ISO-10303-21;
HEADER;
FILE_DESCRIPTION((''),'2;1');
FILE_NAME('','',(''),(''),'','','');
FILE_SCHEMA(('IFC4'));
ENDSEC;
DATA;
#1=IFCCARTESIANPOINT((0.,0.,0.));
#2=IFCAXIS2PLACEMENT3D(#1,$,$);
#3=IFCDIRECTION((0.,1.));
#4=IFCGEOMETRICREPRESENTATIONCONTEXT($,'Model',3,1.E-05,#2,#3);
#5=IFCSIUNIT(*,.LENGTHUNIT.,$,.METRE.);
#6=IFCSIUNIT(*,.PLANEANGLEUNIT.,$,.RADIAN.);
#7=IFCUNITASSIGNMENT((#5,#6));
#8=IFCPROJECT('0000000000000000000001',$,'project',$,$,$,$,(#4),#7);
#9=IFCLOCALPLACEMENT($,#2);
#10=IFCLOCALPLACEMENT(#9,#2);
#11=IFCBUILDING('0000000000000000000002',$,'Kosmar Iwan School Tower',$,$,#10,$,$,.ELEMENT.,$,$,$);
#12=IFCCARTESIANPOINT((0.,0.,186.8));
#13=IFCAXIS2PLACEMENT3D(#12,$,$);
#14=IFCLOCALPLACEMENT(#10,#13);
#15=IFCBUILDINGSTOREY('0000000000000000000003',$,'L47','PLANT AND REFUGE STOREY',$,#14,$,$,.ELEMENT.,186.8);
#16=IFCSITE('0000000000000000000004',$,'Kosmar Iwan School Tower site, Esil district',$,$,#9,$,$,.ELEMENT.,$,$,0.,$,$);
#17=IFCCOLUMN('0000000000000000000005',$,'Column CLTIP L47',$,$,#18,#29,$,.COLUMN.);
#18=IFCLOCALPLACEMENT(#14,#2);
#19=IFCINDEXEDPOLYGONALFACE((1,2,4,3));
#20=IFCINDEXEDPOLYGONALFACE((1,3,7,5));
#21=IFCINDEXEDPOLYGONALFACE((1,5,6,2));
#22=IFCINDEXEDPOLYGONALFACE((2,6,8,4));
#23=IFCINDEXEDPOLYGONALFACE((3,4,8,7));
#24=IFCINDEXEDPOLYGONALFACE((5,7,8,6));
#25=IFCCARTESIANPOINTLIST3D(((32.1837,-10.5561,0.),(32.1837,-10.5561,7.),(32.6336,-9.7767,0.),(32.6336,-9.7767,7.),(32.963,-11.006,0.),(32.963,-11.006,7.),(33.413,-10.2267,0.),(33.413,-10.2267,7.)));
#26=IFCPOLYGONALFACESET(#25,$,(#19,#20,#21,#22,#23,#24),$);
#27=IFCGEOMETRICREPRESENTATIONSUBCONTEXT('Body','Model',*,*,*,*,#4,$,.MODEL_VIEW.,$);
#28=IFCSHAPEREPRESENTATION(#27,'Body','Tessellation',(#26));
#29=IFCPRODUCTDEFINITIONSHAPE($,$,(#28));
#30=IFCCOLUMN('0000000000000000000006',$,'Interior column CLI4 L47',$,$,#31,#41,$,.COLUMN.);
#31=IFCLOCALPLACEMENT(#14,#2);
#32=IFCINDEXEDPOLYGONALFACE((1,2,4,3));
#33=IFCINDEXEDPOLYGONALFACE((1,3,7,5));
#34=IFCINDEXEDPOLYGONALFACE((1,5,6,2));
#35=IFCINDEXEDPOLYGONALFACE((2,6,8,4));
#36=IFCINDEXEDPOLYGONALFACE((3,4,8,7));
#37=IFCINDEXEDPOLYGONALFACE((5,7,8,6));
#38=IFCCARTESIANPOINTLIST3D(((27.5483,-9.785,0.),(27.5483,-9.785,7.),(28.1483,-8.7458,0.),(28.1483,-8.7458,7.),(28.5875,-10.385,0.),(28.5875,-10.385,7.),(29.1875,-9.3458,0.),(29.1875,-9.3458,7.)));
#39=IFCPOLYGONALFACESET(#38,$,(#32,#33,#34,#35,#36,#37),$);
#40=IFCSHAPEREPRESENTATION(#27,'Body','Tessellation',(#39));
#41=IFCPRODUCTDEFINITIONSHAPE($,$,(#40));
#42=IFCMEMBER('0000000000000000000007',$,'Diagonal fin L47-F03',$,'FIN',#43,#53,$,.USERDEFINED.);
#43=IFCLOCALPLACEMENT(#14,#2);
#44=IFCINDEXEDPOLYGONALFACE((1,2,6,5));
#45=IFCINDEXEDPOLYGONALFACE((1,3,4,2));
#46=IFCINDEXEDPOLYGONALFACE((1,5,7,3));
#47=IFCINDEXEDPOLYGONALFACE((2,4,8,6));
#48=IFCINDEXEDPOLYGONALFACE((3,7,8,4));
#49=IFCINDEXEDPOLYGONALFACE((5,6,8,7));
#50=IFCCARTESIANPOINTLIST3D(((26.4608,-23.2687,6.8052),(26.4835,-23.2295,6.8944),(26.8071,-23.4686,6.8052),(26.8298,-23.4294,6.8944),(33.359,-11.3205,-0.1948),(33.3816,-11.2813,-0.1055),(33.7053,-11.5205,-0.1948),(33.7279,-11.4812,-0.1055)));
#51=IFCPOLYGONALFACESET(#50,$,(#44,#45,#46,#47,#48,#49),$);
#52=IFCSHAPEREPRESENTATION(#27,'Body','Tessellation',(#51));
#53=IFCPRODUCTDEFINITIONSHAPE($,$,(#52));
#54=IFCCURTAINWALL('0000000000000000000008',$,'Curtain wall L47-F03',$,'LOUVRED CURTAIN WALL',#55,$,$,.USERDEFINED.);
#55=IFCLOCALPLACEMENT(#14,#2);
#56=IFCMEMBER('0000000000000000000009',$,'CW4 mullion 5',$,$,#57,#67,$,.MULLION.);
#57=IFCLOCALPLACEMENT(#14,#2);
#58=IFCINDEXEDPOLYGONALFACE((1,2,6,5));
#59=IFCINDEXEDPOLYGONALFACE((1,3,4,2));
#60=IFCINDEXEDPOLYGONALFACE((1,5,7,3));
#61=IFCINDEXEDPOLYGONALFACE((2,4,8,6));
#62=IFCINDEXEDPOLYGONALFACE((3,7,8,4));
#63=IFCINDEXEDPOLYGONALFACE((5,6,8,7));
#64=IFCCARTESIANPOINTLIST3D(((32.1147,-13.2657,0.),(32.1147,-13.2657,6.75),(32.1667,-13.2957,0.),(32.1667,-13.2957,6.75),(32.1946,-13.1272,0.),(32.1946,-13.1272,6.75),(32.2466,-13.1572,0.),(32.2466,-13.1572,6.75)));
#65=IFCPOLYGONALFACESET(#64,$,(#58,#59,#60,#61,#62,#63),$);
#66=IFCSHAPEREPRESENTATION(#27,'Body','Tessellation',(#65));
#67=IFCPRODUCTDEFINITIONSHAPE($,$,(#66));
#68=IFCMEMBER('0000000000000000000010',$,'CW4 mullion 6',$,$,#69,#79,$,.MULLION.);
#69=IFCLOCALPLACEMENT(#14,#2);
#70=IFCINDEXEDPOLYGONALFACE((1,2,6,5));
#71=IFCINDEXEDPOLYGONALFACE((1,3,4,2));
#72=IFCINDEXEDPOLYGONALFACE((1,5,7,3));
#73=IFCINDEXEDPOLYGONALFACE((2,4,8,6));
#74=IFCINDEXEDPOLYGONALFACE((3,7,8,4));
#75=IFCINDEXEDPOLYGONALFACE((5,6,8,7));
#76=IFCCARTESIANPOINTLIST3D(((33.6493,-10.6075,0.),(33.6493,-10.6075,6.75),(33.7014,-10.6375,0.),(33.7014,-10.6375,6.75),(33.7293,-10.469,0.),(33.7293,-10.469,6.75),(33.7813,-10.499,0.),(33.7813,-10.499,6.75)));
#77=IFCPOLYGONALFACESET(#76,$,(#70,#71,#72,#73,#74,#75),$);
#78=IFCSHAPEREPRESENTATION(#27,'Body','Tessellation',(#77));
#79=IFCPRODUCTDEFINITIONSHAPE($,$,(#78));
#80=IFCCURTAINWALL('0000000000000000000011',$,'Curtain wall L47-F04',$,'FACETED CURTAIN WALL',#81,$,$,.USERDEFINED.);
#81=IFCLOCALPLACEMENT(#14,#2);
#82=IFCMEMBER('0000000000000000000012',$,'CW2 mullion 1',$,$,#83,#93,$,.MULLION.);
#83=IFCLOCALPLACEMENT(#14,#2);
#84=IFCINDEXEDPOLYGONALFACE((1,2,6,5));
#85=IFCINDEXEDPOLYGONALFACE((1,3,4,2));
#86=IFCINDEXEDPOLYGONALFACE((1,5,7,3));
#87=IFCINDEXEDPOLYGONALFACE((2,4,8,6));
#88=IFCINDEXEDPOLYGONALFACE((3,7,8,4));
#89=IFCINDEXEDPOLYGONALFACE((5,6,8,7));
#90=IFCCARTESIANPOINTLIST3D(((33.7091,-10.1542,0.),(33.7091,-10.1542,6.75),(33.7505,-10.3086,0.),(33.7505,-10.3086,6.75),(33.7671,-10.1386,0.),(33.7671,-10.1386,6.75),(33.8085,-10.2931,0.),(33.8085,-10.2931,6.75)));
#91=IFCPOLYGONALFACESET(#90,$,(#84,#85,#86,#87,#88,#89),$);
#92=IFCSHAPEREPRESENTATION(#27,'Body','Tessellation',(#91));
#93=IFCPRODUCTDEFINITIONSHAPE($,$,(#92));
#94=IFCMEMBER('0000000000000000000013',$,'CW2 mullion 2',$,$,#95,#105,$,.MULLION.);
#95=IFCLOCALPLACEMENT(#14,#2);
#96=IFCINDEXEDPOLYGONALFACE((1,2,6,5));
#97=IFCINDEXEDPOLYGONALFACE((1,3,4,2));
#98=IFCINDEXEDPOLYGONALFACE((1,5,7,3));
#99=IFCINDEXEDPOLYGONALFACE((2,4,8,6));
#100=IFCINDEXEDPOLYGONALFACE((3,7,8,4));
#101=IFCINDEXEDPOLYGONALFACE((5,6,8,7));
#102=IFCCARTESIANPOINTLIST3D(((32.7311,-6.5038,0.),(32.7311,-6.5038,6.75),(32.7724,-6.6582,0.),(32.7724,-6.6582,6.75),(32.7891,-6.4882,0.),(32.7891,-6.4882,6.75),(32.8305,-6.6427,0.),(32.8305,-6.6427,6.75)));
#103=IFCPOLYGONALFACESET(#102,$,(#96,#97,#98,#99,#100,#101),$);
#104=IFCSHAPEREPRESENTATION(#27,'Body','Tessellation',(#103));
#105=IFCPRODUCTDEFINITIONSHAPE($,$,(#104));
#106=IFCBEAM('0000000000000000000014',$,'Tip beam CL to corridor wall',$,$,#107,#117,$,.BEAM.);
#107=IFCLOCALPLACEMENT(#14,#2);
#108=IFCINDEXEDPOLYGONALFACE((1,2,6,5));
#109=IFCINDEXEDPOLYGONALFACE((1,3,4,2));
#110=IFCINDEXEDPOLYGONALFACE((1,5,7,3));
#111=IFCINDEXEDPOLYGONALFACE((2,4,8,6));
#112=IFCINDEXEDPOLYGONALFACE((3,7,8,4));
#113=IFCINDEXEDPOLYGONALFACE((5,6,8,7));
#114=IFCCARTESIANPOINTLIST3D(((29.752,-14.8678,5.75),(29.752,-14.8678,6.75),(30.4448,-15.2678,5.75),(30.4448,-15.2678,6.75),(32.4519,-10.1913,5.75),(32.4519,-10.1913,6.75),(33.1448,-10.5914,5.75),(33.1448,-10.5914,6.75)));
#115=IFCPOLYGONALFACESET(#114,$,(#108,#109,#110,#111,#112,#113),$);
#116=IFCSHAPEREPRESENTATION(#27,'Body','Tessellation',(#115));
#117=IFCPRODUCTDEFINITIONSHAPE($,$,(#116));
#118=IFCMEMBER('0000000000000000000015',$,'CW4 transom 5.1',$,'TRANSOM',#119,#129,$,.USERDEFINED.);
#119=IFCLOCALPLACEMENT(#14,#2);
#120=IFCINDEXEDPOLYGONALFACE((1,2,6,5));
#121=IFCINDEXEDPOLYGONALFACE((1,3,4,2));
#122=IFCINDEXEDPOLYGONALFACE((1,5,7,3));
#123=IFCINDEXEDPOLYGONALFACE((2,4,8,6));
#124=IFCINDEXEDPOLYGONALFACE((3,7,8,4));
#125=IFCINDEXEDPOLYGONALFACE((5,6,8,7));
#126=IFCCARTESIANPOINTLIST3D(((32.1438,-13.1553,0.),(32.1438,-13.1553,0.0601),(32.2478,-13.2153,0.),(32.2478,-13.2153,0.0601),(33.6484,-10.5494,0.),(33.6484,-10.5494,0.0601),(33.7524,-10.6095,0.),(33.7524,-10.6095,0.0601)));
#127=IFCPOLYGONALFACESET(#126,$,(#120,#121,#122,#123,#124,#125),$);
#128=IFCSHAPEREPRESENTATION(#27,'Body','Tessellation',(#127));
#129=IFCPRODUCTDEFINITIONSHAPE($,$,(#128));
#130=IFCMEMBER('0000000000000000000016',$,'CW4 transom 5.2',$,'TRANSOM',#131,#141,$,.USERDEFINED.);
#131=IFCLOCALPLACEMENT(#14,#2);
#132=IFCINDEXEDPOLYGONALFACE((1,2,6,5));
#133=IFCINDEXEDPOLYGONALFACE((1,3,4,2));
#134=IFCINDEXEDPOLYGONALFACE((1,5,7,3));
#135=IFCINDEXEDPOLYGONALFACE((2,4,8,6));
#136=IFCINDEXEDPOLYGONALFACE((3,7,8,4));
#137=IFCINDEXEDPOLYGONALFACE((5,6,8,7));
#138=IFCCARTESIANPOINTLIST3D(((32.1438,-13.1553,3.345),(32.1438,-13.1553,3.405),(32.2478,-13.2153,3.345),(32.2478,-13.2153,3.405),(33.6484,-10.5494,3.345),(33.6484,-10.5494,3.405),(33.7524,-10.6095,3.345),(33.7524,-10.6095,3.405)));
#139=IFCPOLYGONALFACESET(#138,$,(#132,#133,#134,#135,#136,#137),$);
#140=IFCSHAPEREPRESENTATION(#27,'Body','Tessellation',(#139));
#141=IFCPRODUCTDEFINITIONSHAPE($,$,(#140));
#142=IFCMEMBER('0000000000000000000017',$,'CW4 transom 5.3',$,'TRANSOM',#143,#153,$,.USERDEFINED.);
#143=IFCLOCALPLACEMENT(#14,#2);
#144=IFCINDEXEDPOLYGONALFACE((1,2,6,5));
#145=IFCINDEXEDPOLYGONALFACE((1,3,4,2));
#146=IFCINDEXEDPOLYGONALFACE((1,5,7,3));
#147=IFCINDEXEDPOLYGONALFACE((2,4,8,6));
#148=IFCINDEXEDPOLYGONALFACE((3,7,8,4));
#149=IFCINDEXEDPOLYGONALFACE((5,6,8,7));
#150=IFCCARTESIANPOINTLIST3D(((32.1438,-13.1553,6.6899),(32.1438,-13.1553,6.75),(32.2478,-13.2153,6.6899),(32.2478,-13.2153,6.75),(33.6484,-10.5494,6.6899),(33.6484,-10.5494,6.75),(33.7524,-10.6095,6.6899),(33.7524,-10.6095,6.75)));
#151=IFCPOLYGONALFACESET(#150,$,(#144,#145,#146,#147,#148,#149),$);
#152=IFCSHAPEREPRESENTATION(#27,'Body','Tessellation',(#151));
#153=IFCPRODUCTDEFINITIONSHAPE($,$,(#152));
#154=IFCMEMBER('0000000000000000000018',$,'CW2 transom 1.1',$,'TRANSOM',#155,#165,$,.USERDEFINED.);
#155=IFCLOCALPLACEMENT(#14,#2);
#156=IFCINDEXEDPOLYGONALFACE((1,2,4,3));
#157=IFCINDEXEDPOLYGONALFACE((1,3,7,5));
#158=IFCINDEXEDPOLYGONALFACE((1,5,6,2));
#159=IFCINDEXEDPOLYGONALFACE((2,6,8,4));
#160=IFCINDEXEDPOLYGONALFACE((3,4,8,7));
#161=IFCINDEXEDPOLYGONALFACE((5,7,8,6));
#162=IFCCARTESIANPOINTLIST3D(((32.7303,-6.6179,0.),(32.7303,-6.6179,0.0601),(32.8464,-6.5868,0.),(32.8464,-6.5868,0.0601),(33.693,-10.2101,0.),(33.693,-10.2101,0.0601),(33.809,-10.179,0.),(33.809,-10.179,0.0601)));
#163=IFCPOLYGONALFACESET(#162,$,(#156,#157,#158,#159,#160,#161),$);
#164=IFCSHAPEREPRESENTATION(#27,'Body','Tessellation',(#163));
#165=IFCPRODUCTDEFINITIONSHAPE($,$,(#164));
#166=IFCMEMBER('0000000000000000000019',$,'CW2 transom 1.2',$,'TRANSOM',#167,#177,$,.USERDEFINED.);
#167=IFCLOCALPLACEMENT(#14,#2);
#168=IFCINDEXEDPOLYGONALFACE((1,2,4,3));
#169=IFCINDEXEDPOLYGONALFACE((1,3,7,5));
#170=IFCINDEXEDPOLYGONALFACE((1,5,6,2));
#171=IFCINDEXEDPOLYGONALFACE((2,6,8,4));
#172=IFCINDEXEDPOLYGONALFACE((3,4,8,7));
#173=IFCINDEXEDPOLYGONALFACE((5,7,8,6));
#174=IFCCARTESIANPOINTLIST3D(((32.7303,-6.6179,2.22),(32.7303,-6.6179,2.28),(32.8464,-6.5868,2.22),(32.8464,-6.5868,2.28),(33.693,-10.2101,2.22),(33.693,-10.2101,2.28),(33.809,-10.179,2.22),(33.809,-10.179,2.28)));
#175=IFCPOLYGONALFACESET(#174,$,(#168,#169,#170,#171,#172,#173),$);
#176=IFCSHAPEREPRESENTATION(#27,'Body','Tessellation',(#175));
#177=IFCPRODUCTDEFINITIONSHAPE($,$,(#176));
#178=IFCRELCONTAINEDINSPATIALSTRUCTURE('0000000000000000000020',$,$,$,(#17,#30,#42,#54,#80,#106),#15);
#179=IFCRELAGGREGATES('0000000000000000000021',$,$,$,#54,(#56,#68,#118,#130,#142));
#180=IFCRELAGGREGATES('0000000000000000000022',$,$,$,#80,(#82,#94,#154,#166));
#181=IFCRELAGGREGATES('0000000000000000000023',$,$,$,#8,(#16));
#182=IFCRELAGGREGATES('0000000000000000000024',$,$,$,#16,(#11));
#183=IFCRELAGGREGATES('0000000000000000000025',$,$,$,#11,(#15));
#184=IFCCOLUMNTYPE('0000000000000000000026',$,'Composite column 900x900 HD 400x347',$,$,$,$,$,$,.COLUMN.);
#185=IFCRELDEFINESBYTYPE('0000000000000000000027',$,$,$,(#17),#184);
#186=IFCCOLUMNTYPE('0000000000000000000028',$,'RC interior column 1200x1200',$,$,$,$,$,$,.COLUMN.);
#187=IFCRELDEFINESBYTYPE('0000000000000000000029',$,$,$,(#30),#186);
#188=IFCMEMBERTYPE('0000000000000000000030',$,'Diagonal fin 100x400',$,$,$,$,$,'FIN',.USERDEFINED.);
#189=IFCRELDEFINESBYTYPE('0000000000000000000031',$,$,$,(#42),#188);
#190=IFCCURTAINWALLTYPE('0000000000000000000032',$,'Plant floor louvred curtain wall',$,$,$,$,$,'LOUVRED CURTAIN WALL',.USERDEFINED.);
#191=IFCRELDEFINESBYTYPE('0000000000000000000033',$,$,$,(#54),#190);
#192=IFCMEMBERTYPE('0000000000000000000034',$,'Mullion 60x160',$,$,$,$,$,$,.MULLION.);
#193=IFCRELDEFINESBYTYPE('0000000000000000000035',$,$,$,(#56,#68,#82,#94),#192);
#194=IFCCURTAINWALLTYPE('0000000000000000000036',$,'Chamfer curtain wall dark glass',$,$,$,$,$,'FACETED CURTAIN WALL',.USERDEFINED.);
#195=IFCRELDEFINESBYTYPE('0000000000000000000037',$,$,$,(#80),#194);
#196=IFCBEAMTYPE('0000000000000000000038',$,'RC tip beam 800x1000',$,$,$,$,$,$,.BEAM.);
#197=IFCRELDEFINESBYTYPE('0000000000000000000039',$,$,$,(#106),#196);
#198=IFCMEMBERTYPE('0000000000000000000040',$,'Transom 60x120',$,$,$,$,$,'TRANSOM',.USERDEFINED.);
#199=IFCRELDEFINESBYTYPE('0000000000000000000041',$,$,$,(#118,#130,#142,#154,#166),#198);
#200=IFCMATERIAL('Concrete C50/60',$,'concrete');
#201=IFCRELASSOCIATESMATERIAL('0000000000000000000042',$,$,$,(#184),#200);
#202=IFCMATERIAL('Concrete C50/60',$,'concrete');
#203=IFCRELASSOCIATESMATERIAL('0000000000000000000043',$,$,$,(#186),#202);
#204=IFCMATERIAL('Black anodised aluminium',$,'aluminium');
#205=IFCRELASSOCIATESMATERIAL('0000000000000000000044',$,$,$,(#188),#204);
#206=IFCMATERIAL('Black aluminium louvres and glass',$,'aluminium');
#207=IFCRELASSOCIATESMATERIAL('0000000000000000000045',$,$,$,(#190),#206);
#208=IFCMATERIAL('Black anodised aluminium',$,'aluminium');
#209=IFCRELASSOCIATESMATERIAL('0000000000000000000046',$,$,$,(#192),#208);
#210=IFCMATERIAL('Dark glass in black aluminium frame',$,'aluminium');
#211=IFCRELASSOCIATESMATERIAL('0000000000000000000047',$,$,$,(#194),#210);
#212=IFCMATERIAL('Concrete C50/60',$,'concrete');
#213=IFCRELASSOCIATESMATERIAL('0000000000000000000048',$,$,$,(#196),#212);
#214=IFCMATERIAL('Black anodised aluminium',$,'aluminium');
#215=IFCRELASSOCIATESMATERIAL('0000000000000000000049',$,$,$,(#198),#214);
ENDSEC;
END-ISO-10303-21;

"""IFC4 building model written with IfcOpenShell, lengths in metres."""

from ifc_helpers import new_model, si_unit, direction, frame, origin, origin_2d, place, context, subcontext, project, spatial, rectangle, extrude, material, material_profile, profile_set, type_object, element, aggregate, save


model = new_model("IFC4")

# Units and contexts
model_context = context("Model", 3, precision=1e-05, world=origin(), true_north=direction((0.0, 1.0)))
body_context = subcontext(model_context, "Body", "Model", "MODEL_VIEW")
ifc_project = project(units=[si_unit("LENGTHUNIT", "METRE"), si_unit("PLANEANGLEUNIT", "RADIAN")], contexts=[model_context])

# Site, building, storey
site_placement = place(None, origin())
site = spatial("IfcSite", under=ifc_project, at=site_placement, Name="Kosmar Iwan School Tower site, Esil district", CompositionType="ELEMENT", RefElevation=0.0)
building_placement = place(site_placement, origin())
building = spatial("IfcBuilding", under=site, at=building_placement, Name="Kosmar Iwan School Tower", CompositionType="ELEMENT")
storey_placement = place(building_placement, frame((0.0, 0.0, 186.8)))
storey = spatial("IfcBuildingStorey", under=building, at=storey_placement, Name="L47", Description="PLANT AND REFUGE STOREY", CompositionType="ELEMENT", Elevation=186.8)

# Columns
ifc_material_1 = material(Name="Concrete C50/60", Category="concrete")
ifc_material_profile_1 = material_profile(ifc_material_1, rectangle(XDim=0.8999, YDim=0.8999, at=origin_2d()), Name="RC 900x900 + HD 400x347")
ifc_profile_set_1 = profile_set([ifc_material_profile_1], Name="Concrete C50/60")
column_type_1 = type_object("IfcColumnType", Name="Composite column 900x900 HD 400x347", PredefinedType="COLUMN", material=ifc_profile_set_1)
column_1_placement = place(storey_placement, frame((32.7983, -10.3914, 0.0), z_axis=(0.0, 0.0, 1.0), x_axis=(0.866025, -0.5, 0.0)))
element("IfcColumn", 1, at=column_1_placement, inside=storey, type_object=column_type_1, Name="Column CLTIP L47", PredefinedType="COLUMN", context=body_context, shape_type="SweptSolid", body=[
    extrude(rectangle(XDim=0.8999, YDim=0.8999, at=origin_2d()), origin(), (0.0, 0.0, 1.0), 7.0),
])
ifc_material_2 = material(Name="Concrete C50/60", Category="concrete")
ifc_material_profile_2 = material_profile(ifc_material_2, rectangle(XDim=1.2, YDim=1.2, at=origin_2d()), Name="RC 1200x1200")
ifc_profile_set_2 = profile_set([ifc_material_profile_2], Name="Concrete C50/60")
column_type_2 = type_object("IfcColumnType", Name="RC interior column 1200x1200", PredefinedType="COLUMN", material=ifc_profile_set_2)
column_2_placement = place(storey_placement, frame((28.3679, -9.5654, 0.0), z_axis=(0.0, 0.0, 1.0), x_axis=(0.866025, -0.5, 0.0)))
element("IfcColumn", 2, at=column_2_placement, inside=storey, type_object=column_type_2, Name="Interior column CLI4 L47", PredefinedType="COLUMN", context=body_context, shape_type="SweptSolid", body=[
    extrude(rectangle(XDim=1.2, YDim=1.2, at=origin_2d()), origin(), (0.0, 0.0, 1.0), 7.0),
])

# Member
ifc_material_3 = material(Name="Black anodised aluminium", Category="aluminium")
ifc_material_profile_3 = material_profile(ifc_material_3, rectangle(XDim=0.1001, YDim=0.3999, at=origin_2d()), Name="FIN 100x400")
ifc_profile_set_3 = profile_set([ifc_material_profile_3], Name="Black anodised aluminium")
member_type_1 = type_object("IfcMemberType", Name="Diagonal fin 100x400", ElementType="FIN", PredefinedType="USERDEFINED", material=ifc_profile_set_3)
member_1_placement = place(storey_placement, frame((33.5435, -11.4009, -0.1501), z_axis=(-0.445885, -0.772309, 0.452465), x_axis=(0.22623, 0.391848, 0.891782)))
element("IfcMember", 3, at=member_1_placement, inside=storey, type_object=member_type_1, Name="Diagonal fin L47-F03", ObjectType="FIN", PredefinedType="USERDEFINED", context=body_context, shape_type="SweptSolid", body=[
    extrude(rectangle(XDim=0.1001, YDim=0.3999, at=origin_2d()), origin(), (0.0, 0.0, 1.0), 15.4707),
])

# Curtain walls, members
ifc_material_4 = material(Name="Black aluminium louvres and glass", Category="aluminium")
curtain_wall_type_1 = type_object("IfcCurtainWallType", Name="Plant floor louvred curtain wall", ElementType="LOUVRED CURTAIN WALL", PredefinedType="USERDEFINED", material=ifc_material_4)
curtain_wall_1_placement = place(storey_placement, origin())
curtain_wall_1 = element("IfcCurtainWall", 4, at=curtain_wall_1_placement, inside=storey, type_object=curtain_wall_type_1, Name="Curtain wall L47-F03", ObjectType="LOUVRED CURTAIN WALL", PredefinedType="USERDEFINED")
ifc_material_5 = material(Name="Black anodised aluminium", Category="aluminium")
ifc_material_profile_4 = material_profile(ifc_material_5, rectangle(XDim=0.0601, YDim=0.1599, at=origin_2d()), Name="MULLION 60x160")
ifc_profile_set_4 = profile_set([ifc_material_profile_4], Name="Black anodised aluminium")
member_type_2 = type_object("IfcMemberType", Name="Mullion 60x160", PredefinedType="MULLION", material=ifc_profile_set_4)
member_2_placement = place(storey_placement, frame((32.1807, -13.2114, 0.0), z_axis=(0.0, 0.0, 1.0), x_axis=(-0.866025, 0.5, 0.0)))
member_2 = element("IfcMember", 5, at=member_2_placement, type_object=member_type_2, Name="CW4 mullion 5", PredefinedType="MULLION", context=body_context, shape_type="SweptSolid", body=[
    extrude(rectangle(XDim=0.0601, YDim=0.1599, at=origin_2d()), origin(), (0.0, 0.0, 1.0), 6.75),
])
member_3_placement = place(storey_placement, frame((33.7153, -10.5532, 0.0), z_axis=(0.0, 0.0, 1.0), x_axis=(-0.866025, 0.5, 0.0)))
member_3 = element("IfcMember", 6, at=member_3_placement, type_object=member_type_2, Name="CW4 mullion 6", PredefinedType="MULLION", context=body_context, shape_type="SweptSolid", body=[
    extrude(rectangle(XDim=0.0601, YDim=0.1599, at=origin_2d()), origin(), (0.0, 0.0, 1.0), 6.75),
])
ifc_material_6 = material(Name="Dark glass in black aluminium frame", Category="aluminium")
curtain_wall_type_2 = type_object("IfcCurtainWallType", Name="Chamfer curtain wall dark glass", ElementType="FACETED CURTAIN WALL", PredefinedType="USERDEFINED", material=ifc_material_6)
curtain_wall_2_placement = place(storey_placement, origin())
curtain_wall_2 = element("IfcCurtainWall", 7, at=curtain_wall_2_placement, inside=storey, type_object=curtain_wall_type_2, Name="Curtain wall L47-F04", ObjectType="FACETED CURTAIN WALL", PredefinedType="USERDEFINED")
member_4_placement = place(storey_placement, frame((33.7588, -10.2236, 0.0), z_axis=(0.0, 0.0, 1.0), x_axis=(-0.965926, -0.258819, 0.0)))
member_4 = element("IfcMember", 8, at=member_4_placement, type_object=member_type_2, Name="CW2 mullion 1", PredefinedType="MULLION", context=body_context, shape_type="SweptSolid", body=[
    extrude(rectangle(XDim=0.0601, YDim=0.1599, at=origin_2d()), origin(), (0.0, 0.0, 1.0), 6.75),
])
member_5_placement = place(storey_placement, frame((32.7808, -6.5732, 0.0), z_axis=(0.0, 0.0, 1.0), x_axis=(-0.965926, -0.258819, 0.0)))
member_5 = element("IfcMember", 9, at=member_5_placement, type_object=member_type_2, Name="CW2 mullion 2", PredefinedType="MULLION", context=body_context, shape_type="SweptSolid", body=[
    extrude(rectangle(XDim=0.0601, YDim=0.1599, at=origin_2d()), origin(), (0.0, 0.0, 1.0), 6.75),
])

# Beam
ifc_material_7 = material(Name="Concrete C50/60", Category="concrete")
ifc_material_profile_5 = material_profile(ifc_material_7, rectangle(XDim=0.8, YDim=1.0, at=origin_2d()), Name="RC 800x1000")
ifc_profile_set_5 = profile_set([ifc_material_profile_5], Name="Concrete C50/60")
beam_type = type_object("IfcBeamType", Name="RC tip beam 800x1000", PredefinedType="BEAM", material=ifc_profile_set_5)
beam_placement = place(storey_placement, frame((32.7983, -10.3914, 6.25), z_axis=(-0.499995, -0.866028, 0.0), x_axis=(0.866028, -0.499995, 0.0)))
element("IfcBeam", 10, at=beam_placement, inside=storey, type_object=beam_type, Name="Tip beam CL to corridor wall", PredefinedType="BEAM", context=body_context, shape_type="SweptSolid", body=[
    extrude(rectangle(XDim=0.8, YDim=1.0, at=origin_2d()), origin(), (0.0, 0.0, 1.0), 5.3999),
])

# Members
ifc_material_8 = material(Name="Black anodised aluminium", Category="aluminium")
ifc_material_profile_6 = material_profile(ifc_material_8, rectangle(XDim=0.1201, YDim=0.0601, at=origin_2d()), Name="TRANSOM 60x120")
ifc_profile_set_6 = profile_set([ifc_material_profile_6], Name="Black anodised aluminium")
member_type_3 = type_object("IfcMemberType", Name="Transom 60x120", ElementType="TRANSOM", PredefinedType="USERDEFINED", material=ifc_profile_set_6)
member_6_placement = place(storey_placement, frame((32.1958, -13.1853, 0.03), z_axis=(0.500022, 0.866013, 0.0), x_axis=(-0.866013, 0.500022, 0.0)))
member_6 = element("IfcMember", 11, at=member_6_placement, type_object=member_type_3, Name="CW4 transom 5.1", ObjectType="TRANSOM", PredefinedType="USERDEFINED", context=body_context, shape_type="SweptSolid", body=[
    extrude(rectangle(XDim=0.1201, YDim=0.0601, at=origin_2d()), origin(), (0.0, 0.0, 1.0), 3.009),
])
member_7_placement = place(storey_placement, frame((32.1958, -13.1853, 3.375), z_axis=(0.500022, 0.866013, 0.0), x_axis=(-0.866013, 0.500022, 0.0)))
member_7 = element("IfcMember", 12, at=member_7_placement, type_object=member_type_3, Name="CW4 transom 5.2", ObjectType="TRANSOM", PredefinedType="USERDEFINED", context=body_context, shape_type="SweptSolid", body=[
    extrude(rectangle(XDim=0.1201, YDim=0.0601, at=origin_2d()), origin(), (0.0, 0.0, 1.0), 3.009),
])
member_8_placement = place(storey_placement, frame((32.1958, -13.1853, 6.72), z_axis=(0.500022, 0.866013, 0.0), x_axis=(-0.866013, 0.500022, 0.0)))
member_8 = element("IfcMember", 13, at=member_8_placement, type_object=member_type_3, Name="CW4 transom 5.3", ObjectType="TRANSOM", PredefinedType="USERDEFINED", context=body_context, shape_type="SweptSolid", body=[
    extrude(rectangle(XDim=0.1201, YDim=0.0601, at=origin_2d()), origin(), (0.0, 0.0, 1.0), 3.009),
])
member_9_placement = place(storey_placement, frame((33.751, -10.1946, 0.03), z_axis=(-0.258843, 0.965919, 0.0), x_axis=(-0.965919, -0.258843, 0.0)))
member_9 = element("IfcMember", 14, at=member_9_placement, type_object=member_type_3, Name="CW2 transom 1.1", ObjectType="TRANSOM", PredefinedType="USERDEFINED", context=body_context, shape_type="SweptSolid", body=[
    extrude(rectangle(XDim=0.1201, YDim=0.0601, at=origin_2d()), origin(), (0.0, 0.0, 1.0), 3.719),
])
member_10_placement = place(storey_placement, frame((33.751, -10.1946, 2.25), z_axis=(-0.258843, 0.965919, 0.0), x_axis=(-0.965919, -0.258843, 0.0)))
member_10 = element("IfcMember", 15, at=member_10_placement, type_object=member_type_3, Name="CW2 transom 1.2", ObjectType="TRANSOM", PredefinedType="USERDEFINED", context=body_context, shape_type="SweptSolid", body=[
    extrude(rectangle(XDim=0.1201, YDim=0.0601, at=origin_2d()), origin(), (0.0, 0.0, 1.0), 3.719),
])

aggregate(curtain_wall_1, [member_2, member_3, member_6, member_7, member_8])
aggregate(curtain_wall_2, [member_4, member_5, member_9, member_10])

save(model, "model.ifc")
